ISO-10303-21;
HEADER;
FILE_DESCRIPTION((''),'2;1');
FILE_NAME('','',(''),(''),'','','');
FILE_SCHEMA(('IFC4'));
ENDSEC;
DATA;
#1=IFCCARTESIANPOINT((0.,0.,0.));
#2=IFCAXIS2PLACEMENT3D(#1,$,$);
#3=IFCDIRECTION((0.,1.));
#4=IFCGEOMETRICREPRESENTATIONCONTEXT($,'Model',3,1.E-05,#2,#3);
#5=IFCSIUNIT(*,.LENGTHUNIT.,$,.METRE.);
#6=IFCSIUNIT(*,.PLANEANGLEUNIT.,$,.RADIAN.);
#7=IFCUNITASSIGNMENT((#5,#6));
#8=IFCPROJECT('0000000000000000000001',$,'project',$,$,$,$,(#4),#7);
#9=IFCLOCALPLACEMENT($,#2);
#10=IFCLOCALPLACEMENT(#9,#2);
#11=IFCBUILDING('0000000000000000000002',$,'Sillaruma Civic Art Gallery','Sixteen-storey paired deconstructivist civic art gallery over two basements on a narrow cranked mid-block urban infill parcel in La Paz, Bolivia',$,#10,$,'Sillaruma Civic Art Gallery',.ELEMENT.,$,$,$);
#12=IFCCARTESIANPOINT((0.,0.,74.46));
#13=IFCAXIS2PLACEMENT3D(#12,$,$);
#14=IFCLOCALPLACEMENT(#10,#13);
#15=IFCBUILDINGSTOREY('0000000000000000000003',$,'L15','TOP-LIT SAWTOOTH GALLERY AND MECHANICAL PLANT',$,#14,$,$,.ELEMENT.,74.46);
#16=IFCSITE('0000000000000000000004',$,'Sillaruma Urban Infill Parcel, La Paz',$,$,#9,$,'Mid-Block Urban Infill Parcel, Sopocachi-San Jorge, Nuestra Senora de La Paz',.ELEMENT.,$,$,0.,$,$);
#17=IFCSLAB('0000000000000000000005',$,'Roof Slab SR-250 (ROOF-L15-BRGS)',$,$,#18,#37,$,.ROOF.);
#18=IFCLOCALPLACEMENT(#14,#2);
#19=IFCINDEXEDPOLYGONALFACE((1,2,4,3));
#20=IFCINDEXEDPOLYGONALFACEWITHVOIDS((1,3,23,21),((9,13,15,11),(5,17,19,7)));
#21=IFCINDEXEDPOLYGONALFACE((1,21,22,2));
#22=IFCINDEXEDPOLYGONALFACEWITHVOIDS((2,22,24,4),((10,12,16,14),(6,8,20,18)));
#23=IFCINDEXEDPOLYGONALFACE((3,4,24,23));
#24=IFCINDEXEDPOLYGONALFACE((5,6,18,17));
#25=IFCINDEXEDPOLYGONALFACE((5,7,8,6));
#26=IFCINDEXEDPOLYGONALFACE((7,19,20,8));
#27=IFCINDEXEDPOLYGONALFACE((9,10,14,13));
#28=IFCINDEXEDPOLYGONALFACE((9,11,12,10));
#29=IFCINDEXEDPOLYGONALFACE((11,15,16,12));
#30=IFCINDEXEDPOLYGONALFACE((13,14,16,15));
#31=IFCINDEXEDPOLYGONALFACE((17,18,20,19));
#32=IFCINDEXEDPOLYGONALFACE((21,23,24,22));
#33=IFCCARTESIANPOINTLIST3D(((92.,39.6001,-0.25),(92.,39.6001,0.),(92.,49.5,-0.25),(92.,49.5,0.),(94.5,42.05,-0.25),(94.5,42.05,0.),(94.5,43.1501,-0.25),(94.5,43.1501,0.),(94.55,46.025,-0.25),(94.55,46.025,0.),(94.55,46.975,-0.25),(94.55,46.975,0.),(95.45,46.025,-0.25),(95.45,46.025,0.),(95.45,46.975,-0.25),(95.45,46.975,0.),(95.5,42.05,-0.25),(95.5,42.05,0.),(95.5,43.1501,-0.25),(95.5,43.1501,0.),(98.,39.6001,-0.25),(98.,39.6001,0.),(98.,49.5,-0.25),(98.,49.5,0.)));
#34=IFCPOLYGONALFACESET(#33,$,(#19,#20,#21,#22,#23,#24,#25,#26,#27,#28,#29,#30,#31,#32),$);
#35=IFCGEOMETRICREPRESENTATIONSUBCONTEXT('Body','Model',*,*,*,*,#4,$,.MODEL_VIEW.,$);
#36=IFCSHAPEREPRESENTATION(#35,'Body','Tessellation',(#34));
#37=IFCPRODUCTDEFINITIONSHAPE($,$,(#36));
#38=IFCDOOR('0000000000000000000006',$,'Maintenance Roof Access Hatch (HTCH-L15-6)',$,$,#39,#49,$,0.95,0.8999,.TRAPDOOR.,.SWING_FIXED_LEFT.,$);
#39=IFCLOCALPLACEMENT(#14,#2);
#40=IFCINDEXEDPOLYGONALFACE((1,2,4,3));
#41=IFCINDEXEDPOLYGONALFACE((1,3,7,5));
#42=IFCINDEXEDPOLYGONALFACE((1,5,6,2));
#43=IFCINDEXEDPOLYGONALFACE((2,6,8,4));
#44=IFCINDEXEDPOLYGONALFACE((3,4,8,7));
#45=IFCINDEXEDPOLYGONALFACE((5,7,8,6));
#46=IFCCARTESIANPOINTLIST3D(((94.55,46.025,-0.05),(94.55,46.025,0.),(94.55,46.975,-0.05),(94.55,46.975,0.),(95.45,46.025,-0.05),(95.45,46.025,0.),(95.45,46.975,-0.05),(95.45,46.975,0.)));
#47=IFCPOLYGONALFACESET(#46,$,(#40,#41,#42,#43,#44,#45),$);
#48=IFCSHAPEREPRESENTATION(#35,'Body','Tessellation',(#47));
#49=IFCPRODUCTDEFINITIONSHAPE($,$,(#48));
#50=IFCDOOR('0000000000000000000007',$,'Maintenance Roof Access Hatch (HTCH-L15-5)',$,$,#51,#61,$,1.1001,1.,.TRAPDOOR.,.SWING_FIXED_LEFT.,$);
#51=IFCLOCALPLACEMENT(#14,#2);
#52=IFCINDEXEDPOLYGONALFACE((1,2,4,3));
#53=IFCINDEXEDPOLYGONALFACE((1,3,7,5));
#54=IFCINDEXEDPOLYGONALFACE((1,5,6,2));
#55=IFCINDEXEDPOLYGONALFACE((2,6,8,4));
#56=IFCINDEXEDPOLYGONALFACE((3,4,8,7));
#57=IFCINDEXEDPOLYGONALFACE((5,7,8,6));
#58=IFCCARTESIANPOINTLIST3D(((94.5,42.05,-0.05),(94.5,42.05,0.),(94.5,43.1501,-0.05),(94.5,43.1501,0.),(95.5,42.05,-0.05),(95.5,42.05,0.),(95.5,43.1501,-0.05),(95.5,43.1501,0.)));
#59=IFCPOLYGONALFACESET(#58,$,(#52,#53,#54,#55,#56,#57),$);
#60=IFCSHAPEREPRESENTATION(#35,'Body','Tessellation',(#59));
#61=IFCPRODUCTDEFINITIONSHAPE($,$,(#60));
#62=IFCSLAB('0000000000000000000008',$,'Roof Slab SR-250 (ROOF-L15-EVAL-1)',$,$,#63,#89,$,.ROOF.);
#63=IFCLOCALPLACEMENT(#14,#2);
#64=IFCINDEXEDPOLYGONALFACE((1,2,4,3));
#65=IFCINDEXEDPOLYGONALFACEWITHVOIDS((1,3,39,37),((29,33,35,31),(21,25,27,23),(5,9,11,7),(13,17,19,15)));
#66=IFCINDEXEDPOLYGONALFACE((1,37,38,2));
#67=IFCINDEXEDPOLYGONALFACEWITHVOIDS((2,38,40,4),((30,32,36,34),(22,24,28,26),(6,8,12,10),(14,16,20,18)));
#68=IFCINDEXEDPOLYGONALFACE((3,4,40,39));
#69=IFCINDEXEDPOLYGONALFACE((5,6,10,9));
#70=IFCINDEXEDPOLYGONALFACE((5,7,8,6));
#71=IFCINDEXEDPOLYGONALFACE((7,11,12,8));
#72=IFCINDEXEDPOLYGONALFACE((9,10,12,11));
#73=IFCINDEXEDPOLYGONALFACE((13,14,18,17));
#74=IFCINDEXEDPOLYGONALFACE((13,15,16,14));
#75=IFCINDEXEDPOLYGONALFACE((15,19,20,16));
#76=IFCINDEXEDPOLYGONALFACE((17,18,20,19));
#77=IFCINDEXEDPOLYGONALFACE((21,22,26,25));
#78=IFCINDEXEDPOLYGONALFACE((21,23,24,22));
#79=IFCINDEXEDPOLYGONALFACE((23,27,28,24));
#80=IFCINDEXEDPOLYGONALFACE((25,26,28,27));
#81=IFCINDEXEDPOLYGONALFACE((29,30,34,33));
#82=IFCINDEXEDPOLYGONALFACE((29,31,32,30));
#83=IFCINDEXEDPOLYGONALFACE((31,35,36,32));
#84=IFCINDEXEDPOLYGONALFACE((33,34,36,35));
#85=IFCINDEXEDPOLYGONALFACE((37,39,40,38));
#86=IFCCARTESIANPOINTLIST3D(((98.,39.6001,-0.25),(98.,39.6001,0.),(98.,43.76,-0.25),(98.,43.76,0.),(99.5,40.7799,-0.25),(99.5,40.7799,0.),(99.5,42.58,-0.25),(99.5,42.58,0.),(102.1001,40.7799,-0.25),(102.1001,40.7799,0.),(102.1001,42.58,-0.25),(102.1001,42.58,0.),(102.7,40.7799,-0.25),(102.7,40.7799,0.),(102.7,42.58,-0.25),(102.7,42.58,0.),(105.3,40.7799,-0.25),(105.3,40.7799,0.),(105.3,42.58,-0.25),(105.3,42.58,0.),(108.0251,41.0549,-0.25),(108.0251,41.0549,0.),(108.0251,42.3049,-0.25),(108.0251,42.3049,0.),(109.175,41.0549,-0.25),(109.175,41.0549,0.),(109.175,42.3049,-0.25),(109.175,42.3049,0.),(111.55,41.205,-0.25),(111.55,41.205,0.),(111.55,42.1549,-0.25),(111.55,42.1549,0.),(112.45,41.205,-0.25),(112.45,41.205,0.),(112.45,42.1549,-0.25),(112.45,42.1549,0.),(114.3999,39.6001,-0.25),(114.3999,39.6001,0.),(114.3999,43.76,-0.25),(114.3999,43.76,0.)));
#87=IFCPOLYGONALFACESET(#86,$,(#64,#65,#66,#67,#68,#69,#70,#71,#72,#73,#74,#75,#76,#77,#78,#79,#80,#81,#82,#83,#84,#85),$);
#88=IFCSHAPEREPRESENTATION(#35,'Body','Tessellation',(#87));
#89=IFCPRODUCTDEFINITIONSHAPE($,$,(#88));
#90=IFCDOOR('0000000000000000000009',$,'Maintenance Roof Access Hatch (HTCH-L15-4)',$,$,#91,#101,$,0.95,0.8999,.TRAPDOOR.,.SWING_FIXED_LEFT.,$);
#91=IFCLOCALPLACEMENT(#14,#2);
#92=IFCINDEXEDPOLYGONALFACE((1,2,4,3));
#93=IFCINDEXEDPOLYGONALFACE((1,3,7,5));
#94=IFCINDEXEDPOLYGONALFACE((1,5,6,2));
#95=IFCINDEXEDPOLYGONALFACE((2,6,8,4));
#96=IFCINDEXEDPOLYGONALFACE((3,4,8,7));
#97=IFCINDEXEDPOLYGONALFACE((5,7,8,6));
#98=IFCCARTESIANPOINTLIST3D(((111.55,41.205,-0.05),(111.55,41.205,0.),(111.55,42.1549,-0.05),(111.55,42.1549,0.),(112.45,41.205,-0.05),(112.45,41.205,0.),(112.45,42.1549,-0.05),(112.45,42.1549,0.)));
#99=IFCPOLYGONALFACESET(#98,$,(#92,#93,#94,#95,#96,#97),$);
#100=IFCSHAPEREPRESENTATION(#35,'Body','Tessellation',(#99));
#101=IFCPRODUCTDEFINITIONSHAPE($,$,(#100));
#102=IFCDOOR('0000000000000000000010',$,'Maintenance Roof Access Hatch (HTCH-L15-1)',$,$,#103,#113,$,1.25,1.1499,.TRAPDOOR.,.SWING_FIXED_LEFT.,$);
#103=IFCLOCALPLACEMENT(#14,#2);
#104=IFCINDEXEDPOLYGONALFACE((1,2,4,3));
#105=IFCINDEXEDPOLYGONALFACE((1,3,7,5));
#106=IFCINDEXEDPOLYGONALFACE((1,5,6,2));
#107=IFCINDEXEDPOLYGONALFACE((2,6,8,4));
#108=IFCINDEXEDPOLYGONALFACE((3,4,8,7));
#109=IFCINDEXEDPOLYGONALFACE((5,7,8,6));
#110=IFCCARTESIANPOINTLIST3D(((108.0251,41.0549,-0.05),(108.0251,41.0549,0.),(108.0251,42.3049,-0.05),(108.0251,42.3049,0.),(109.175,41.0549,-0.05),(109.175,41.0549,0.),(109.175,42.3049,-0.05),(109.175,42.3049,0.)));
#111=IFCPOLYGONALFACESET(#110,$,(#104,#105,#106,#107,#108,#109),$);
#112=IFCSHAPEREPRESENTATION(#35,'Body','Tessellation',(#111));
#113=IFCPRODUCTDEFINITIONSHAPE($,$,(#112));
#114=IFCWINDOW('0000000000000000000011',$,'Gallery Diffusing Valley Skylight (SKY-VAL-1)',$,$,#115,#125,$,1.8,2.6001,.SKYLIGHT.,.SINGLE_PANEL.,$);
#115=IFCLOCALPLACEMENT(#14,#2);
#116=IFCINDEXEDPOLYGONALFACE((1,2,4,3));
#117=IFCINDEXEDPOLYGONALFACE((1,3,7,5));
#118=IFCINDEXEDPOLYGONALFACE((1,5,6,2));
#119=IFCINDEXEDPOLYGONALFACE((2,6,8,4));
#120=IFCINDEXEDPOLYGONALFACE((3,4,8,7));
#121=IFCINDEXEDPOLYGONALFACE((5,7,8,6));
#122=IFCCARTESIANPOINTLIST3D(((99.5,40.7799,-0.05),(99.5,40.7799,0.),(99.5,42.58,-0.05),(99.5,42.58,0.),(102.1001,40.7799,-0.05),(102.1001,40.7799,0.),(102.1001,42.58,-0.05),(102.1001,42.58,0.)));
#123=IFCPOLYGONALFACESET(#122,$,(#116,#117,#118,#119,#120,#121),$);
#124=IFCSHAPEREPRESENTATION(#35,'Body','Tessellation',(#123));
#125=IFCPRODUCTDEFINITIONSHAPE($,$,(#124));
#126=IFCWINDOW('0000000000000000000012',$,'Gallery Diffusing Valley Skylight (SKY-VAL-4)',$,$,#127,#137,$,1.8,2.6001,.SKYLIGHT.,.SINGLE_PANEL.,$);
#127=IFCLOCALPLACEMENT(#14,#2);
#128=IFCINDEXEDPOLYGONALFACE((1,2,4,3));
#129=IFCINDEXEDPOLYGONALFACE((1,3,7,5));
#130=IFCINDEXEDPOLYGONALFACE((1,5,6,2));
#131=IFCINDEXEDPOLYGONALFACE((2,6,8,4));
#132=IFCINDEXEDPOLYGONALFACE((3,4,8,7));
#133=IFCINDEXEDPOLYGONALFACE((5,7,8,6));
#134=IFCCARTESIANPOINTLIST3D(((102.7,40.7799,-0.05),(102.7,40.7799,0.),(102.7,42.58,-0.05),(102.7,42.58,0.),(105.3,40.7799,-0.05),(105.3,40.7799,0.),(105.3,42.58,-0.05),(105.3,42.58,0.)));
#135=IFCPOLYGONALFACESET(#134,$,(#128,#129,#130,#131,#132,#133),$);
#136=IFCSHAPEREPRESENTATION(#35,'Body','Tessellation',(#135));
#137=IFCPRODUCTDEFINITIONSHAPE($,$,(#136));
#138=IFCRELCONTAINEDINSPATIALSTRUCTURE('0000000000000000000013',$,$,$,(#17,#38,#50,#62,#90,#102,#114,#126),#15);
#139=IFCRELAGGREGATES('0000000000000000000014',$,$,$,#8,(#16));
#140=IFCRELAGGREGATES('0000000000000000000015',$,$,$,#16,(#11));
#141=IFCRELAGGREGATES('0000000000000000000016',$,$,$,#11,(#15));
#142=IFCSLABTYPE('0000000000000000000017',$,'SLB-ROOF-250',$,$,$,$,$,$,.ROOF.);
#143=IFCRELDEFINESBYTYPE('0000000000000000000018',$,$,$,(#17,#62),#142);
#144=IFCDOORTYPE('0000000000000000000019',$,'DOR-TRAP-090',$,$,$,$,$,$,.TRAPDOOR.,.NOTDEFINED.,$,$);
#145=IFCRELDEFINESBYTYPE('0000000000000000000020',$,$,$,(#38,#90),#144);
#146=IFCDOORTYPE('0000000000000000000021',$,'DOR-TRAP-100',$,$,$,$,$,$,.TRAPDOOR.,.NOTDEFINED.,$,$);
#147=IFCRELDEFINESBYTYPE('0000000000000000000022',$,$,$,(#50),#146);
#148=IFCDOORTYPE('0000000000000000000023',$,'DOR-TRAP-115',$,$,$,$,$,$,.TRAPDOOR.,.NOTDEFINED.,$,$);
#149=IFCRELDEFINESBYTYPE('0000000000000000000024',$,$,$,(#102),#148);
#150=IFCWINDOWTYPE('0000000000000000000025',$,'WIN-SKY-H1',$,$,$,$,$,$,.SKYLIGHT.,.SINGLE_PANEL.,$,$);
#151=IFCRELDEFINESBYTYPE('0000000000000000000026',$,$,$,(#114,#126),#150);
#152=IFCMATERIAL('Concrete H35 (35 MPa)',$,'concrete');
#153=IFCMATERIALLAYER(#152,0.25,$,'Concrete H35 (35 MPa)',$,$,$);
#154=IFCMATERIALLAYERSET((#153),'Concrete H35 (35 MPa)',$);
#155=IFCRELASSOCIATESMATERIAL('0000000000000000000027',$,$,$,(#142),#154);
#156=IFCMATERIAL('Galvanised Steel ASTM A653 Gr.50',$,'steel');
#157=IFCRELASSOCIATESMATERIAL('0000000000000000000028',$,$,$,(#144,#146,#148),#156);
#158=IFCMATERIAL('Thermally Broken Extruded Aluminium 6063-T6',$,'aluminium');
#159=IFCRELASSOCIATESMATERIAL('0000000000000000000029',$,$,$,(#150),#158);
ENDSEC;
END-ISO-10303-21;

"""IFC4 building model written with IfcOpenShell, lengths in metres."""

from ifc_helpers import new_model, si_unit, direction, frame, origin, origin_2d, place, context, subcontext, project, spatial, polyline, rectangle, outline, extrude, material, layer, layer_set, type_object, element, fill, save


model = new_model("IFC4")

# Units and contexts
model_context = context("Model", 3, precision=1e-05, world=origin(), true_north=direction((0.0, 1.0)))
body_context = subcontext(model_context, "Body", "Model", "MODEL_VIEW")
ifc_project = project(units=[si_unit("LENGTHUNIT", "METRE"), si_unit("PLANEANGLEUNIT", "RADIAN")], contexts=[model_context])

# Site, building, storey
site_placement = place(None, origin())
site = spatial("IfcSite", under=ifc_project, at=site_placement, Name="Sillaruma Urban Infill Parcel, La Paz", LongName="Mid-Block Urban Infill Parcel, Sopocachi-San Jorge, Nuestra Senora de La Paz", CompositionType="ELEMENT", RefElevation=0.0)
building_placement = place(site_placement, origin())
building = spatial("IfcBuilding", under=site, at=building_placement, Name="Sillaruma Civic Art Gallery", Description="Sixteen-storey paired deconstructivist civic art gallery over two basements on a narrow cranked mid-block urban infill parcel in La Paz, Bolivia", LongName="Sillaruma Civic Art Gallery", CompositionType="ELEMENT")
storey_placement = place(building_placement, frame((0.0, 0.0, 74.46)))
storey = spatial("IfcBuildingStorey", under=building, at=storey_placement, Name="L15", Description="TOP-LIT SAWTOOTH GALLERY AND MECHANICAL PLANT", CompositionType="ELEMENT", Elevation=74.46)

# Shared definitions
ifc_material_1 = material(Name="Concrete H35 (35 MPa)", Category="concrete")

# Slab, openings, doors
ifc_layer_1 = layer(ifc_material_1, 0.25, Name="Concrete H35 (35 MPa)")
ifc_layer_set_1 = layer_set([ifc_layer_1], Name="Concrete H35 (35 MPa)")
slab_type_1 = type_object("IfcSlabType", Name="SLB-ROOF-250", PredefinedType="ROOF", material=ifc_layer_set_1)
slab_1_placement = place(storey_placement, frame((0.0, 0.0, -0.25)))
slab_1 = element("IfcSlab", 1, at=slab_1_placement, inside=storey, type_object=slab_type_1, Name="Roof Slab SR-250 (ROOF-L15-BRGS)", PredefinedType="ROOF", context=body_context, shape_type="SweptSolid", body=[
    extrude(outline(polyline([(92.0, 39.6001), (98.0, 39.6001), (98.0, 49.5), (92.0, 49.5), (92.0, 39.6001)])), origin(), (0.0, 0.0, 1.0), 0.25),
])
opening_1_placement = place(slab_1_placement, frame((95.0, 42.6001, -0.01)))
opening_1 = element("IfcOpeningElement", 2, at=opening_1_placement, cuts=slab_1, PredefinedType="OPENING", context=body_context, shape_type="SweptSolid", body=[
    extrude(rectangle(XDim=1.0, YDim=1.1001, at=origin_2d()), origin(), (0.0, 0.0, 1.0), 0.27),
])
opening_2_placement = place(slab_1_placement, frame((95.0, 46.5, -0.01)))
opening_2 = element("IfcOpeningElement", 3, at=opening_2_placement, cuts=slab_1, PredefinedType="OPENING", context=body_context, shape_type="SweptSolid", body=[
    extrude(rectangle(XDim=0.8999, YDim=0.95, at=origin_2d()), origin(), (0.0, 0.0, 1.0), 0.27),
])
ifc_material_2 = material(Name="Galvanised Steel ASTM A653 Gr.50", Category="steel")
door_type_1 = type_object("IfcDoorType", Name="DOR-TRAP-090", OperationType="NOTDEFINED", PredefinedType="TRAPDOOR", material=ifc_material_2)
door_1_placement = place(slab_1_placement, frame((95.0, 46.5, 0.2)))
door_1 = element("IfcDoor", 4, at=door_1_placement, inside=storey, type_object=door_type_1, Name="Maintenance Roof Access Hatch (HTCH-L15-6)", OperationType="SWING_FIXED_LEFT", OverallHeight=0.95, OverallWidth=0.8999, PredefinedType="TRAPDOOR", context=body_context, shape_type="SweptSolid", body=[
    extrude(rectangle(XDim=0.8999, YDim=0.95, at=origin_2d()), origin(), (0.0, 0.0, 1.0), 0.05),
])
fill(opening_2, door_1)
door_type_2 = type_object("IfcDoorType", Name="DOR-TRAP-100", OperationType="NOTDEFINED", PredefinedType="TRAPDOOR", material=ifc_material_2)
door_2_placement = place(slab_1_placement, frame((95.0, 42.6001, 0.2)))
door_2 = element("IfcDoor", 5, at=door_2_placement, inside=storey, type_object=door_type_2, Name="Maintenance Roof Access Hatch (HTCH-L15-5)", OperationType="SWING_FIXED_LEFT", OverallHeight=1.1001, OverallWidth=1.0, PredefinedType="TRAPDOOR", context=body_context, shape_type="SweptSolid", body=[
    extrude(rectangle(XDim=1.0, YDim=1.1001, at=origin_2d()), origin(), (0.0, 0.0, 1.0), 0.05),
])
fill(opening_1, door_2)

# Slab, openings, doors, windows
slab_2_placement = place(storey_placement, frame((0.0, 0.0, -0.25)))
slab_2 = element("IfcSlab", 6, at=slab_2_placement, inside=storey, type_object=slab_type_1, Name="Roof Slab SR-250 (ROOF-L15-EVAL-1)", PredefinedType="ROOF", context=body_context, shape_type="SweptSolid", body=[
    extrude(outline(polyline([(98.0, 39.6001), (114.3999, 39.6001), (114.3999, 43.76), (98.0, 43.76), (98.0, 39.6001)])), origin(), (0.0, 0.0, 1.0), 0.25),
])
opening_3_placement = place(slab_2_placement, frame((100.8, 41.6799, -0.01)))
opening_3 = element("IfcOpeningElement", 7, at=opening_3_placement, cuts=slab_2, PredefinedType="OPENING", context=body_context, shape_type="SweptSolid", body=[
    extrude(rectangle(XDim=2.6001, YDim=1.8, at=origin_2d()), origin(), (0.0, 0.0, 1.0), 0.27),
])
opening_4_placement = place(slab_2_placement, frame((104.0, 41.6799, -0.01)))
opening_4 = element("IfcOpeningElement", 8, at=opening_4_placement, cuts=slab_2, PredefinedType="OPENING", context=body_context, shape_type="SweptSolid", body=[
    extrude(rectangle(XDim=2.6001, YDim=1.8, at=origin_2d()), origin(), (0.0, 0.0, 1.0), 0.27),
])
opening_5_placement = place(slab_2_placement, frame((108.6001, 41.6799, -0.01)))
opening_5 = element("IfcOpeningElement", 9, at=opening_5_placement, cuts=slab_2, PredefinedType="OPENING", context=body_context, shape_type="SweptSolid", body=[
    extrude(rectangle(XDim=1.1499, YDim=1.25, at=origin_2d()), origin(), (0.0, 0.0, 1.0), 0.27),
])
opening_6_placement = place(slab_2_placement, frame((112.0, 41.6799, -0.01)))
opening_6 = element("IfcOpeningElement", 10, at=opening_6_placement, cuts=slab_2, PredefinedType="OPENING", context=body_context, shape_type="SweptSolid", body=[
    extrude(rectangle(XDim=0.8999, YDim=0.95, at=origin_2d()), origin(), (0.0, 0.0, 1.0), 0.27),
])
door_3_placement = place(slab_2_placement, frame((112.0, 41.6799, 0.2)))
door_3 = element("IfcDoor", 11, at=door_3_placement, inside=storey, type_object=door_type_1, Name="Maintenance Roof Access Hatch (HTCH-L15-4)", OperationType="SWING_FIXED_LEFT", OverallHeight=0.95, OverallWidth=0.8999, PredefinedType="TRAPDOOR", context=body_context, shape_type="SweptSolid", body=[
    extrude(rectangle(XDim=0.8999, YDim=0.95, at=origin_2d()), origin(), (0.0, 0.0, 1.0), 0.05),
])
fill(opening_6, door_3)
door_type_3 = type_object("IfcDoorType", Name="DOR-TRAP-115", OperationType="NOTDEFINED", PredefinedType="TRAPDOOR", material=ifc_material_2)
door_4_placement = place(slab_2_placement, frame((108.6001, 41.6799, 0.2)))
door_4 = element("IfcDoor", 12, at=door_4_placement, inside=storey, type_object=door_type_3, Name="Maintenance Roof Access Hatch (HTCH-L15-1)", OperationType="SWING_FIXED_LEFT", OverallHeight=1.25, OverallWidth=1.1499, PredefinedType="TRAPDOOR", context=body_context, shape_type="SweptSolid", body=[
    extrude(rectangle(XDim=1.1499, YDim=1.25, at=origin_2d()), origin(), (0.0, 0.0, 1.0), 0.05),
])
fill(opening_5, door_4)
ifc_material_3 = material(Name="Thermally Broken Extruded Aluminium 6063-T6", Category="aluminium")
window_type_1 = type_object("IfcWindowType", Name="WIN-SKY-H1", PartitioningType="SINGLE_PANEL", PredefinedType="SKYLIGHT", material=ifc_material_3)
window_1_placement = place(slab_2_placement, frame((100.8, 41.6799, 0.2)))
window_1 = element("IfcWindow", 13, at=window_1_placement, inside=storey, type_object=window_type_1, Name="Gallery Diffusing Valley Skylight (SKY-VAL-1)", OverallHeight=1.8, OverallWidth=2.6001, PartitioningType="SINGLE_PANEL", PredefinedType="SKYLIGHT", context=body_context, shape_type="SweptSolid", body=[
    extrude(rectangle(XDim=2.6001, YDim=1.8, at=origin_2d()), origin(), (0.0, 0.0, 1.0), 0.05),
])
fill(opening_3, window_1)
window_2_placement = place(slab_2_placement, frame((104.0, 41.6799, 0.2)))
window_2 = element("IfcWindow", 14, at=window_2_placement, inside=storey, type_object=window_type_1, Name="Gallery Diffusing Valley Skylight (SKY-VAL-4)", OverallHeight=1.8, OverallWidth=2.6001, PartitioningType="SINGLE_PANEL", PredefinedType="SKYLIGHT", context=body_context, shape_type="SweptSolid", body=[
    extrude(rectangle(XDim=2.6001, YDim=1.8, at=origin_2d()), origin(), (0.0, 0.0, 1.0), 0.05),
])
fill(opening_4, window_2)

save(model, "model.ifc")
